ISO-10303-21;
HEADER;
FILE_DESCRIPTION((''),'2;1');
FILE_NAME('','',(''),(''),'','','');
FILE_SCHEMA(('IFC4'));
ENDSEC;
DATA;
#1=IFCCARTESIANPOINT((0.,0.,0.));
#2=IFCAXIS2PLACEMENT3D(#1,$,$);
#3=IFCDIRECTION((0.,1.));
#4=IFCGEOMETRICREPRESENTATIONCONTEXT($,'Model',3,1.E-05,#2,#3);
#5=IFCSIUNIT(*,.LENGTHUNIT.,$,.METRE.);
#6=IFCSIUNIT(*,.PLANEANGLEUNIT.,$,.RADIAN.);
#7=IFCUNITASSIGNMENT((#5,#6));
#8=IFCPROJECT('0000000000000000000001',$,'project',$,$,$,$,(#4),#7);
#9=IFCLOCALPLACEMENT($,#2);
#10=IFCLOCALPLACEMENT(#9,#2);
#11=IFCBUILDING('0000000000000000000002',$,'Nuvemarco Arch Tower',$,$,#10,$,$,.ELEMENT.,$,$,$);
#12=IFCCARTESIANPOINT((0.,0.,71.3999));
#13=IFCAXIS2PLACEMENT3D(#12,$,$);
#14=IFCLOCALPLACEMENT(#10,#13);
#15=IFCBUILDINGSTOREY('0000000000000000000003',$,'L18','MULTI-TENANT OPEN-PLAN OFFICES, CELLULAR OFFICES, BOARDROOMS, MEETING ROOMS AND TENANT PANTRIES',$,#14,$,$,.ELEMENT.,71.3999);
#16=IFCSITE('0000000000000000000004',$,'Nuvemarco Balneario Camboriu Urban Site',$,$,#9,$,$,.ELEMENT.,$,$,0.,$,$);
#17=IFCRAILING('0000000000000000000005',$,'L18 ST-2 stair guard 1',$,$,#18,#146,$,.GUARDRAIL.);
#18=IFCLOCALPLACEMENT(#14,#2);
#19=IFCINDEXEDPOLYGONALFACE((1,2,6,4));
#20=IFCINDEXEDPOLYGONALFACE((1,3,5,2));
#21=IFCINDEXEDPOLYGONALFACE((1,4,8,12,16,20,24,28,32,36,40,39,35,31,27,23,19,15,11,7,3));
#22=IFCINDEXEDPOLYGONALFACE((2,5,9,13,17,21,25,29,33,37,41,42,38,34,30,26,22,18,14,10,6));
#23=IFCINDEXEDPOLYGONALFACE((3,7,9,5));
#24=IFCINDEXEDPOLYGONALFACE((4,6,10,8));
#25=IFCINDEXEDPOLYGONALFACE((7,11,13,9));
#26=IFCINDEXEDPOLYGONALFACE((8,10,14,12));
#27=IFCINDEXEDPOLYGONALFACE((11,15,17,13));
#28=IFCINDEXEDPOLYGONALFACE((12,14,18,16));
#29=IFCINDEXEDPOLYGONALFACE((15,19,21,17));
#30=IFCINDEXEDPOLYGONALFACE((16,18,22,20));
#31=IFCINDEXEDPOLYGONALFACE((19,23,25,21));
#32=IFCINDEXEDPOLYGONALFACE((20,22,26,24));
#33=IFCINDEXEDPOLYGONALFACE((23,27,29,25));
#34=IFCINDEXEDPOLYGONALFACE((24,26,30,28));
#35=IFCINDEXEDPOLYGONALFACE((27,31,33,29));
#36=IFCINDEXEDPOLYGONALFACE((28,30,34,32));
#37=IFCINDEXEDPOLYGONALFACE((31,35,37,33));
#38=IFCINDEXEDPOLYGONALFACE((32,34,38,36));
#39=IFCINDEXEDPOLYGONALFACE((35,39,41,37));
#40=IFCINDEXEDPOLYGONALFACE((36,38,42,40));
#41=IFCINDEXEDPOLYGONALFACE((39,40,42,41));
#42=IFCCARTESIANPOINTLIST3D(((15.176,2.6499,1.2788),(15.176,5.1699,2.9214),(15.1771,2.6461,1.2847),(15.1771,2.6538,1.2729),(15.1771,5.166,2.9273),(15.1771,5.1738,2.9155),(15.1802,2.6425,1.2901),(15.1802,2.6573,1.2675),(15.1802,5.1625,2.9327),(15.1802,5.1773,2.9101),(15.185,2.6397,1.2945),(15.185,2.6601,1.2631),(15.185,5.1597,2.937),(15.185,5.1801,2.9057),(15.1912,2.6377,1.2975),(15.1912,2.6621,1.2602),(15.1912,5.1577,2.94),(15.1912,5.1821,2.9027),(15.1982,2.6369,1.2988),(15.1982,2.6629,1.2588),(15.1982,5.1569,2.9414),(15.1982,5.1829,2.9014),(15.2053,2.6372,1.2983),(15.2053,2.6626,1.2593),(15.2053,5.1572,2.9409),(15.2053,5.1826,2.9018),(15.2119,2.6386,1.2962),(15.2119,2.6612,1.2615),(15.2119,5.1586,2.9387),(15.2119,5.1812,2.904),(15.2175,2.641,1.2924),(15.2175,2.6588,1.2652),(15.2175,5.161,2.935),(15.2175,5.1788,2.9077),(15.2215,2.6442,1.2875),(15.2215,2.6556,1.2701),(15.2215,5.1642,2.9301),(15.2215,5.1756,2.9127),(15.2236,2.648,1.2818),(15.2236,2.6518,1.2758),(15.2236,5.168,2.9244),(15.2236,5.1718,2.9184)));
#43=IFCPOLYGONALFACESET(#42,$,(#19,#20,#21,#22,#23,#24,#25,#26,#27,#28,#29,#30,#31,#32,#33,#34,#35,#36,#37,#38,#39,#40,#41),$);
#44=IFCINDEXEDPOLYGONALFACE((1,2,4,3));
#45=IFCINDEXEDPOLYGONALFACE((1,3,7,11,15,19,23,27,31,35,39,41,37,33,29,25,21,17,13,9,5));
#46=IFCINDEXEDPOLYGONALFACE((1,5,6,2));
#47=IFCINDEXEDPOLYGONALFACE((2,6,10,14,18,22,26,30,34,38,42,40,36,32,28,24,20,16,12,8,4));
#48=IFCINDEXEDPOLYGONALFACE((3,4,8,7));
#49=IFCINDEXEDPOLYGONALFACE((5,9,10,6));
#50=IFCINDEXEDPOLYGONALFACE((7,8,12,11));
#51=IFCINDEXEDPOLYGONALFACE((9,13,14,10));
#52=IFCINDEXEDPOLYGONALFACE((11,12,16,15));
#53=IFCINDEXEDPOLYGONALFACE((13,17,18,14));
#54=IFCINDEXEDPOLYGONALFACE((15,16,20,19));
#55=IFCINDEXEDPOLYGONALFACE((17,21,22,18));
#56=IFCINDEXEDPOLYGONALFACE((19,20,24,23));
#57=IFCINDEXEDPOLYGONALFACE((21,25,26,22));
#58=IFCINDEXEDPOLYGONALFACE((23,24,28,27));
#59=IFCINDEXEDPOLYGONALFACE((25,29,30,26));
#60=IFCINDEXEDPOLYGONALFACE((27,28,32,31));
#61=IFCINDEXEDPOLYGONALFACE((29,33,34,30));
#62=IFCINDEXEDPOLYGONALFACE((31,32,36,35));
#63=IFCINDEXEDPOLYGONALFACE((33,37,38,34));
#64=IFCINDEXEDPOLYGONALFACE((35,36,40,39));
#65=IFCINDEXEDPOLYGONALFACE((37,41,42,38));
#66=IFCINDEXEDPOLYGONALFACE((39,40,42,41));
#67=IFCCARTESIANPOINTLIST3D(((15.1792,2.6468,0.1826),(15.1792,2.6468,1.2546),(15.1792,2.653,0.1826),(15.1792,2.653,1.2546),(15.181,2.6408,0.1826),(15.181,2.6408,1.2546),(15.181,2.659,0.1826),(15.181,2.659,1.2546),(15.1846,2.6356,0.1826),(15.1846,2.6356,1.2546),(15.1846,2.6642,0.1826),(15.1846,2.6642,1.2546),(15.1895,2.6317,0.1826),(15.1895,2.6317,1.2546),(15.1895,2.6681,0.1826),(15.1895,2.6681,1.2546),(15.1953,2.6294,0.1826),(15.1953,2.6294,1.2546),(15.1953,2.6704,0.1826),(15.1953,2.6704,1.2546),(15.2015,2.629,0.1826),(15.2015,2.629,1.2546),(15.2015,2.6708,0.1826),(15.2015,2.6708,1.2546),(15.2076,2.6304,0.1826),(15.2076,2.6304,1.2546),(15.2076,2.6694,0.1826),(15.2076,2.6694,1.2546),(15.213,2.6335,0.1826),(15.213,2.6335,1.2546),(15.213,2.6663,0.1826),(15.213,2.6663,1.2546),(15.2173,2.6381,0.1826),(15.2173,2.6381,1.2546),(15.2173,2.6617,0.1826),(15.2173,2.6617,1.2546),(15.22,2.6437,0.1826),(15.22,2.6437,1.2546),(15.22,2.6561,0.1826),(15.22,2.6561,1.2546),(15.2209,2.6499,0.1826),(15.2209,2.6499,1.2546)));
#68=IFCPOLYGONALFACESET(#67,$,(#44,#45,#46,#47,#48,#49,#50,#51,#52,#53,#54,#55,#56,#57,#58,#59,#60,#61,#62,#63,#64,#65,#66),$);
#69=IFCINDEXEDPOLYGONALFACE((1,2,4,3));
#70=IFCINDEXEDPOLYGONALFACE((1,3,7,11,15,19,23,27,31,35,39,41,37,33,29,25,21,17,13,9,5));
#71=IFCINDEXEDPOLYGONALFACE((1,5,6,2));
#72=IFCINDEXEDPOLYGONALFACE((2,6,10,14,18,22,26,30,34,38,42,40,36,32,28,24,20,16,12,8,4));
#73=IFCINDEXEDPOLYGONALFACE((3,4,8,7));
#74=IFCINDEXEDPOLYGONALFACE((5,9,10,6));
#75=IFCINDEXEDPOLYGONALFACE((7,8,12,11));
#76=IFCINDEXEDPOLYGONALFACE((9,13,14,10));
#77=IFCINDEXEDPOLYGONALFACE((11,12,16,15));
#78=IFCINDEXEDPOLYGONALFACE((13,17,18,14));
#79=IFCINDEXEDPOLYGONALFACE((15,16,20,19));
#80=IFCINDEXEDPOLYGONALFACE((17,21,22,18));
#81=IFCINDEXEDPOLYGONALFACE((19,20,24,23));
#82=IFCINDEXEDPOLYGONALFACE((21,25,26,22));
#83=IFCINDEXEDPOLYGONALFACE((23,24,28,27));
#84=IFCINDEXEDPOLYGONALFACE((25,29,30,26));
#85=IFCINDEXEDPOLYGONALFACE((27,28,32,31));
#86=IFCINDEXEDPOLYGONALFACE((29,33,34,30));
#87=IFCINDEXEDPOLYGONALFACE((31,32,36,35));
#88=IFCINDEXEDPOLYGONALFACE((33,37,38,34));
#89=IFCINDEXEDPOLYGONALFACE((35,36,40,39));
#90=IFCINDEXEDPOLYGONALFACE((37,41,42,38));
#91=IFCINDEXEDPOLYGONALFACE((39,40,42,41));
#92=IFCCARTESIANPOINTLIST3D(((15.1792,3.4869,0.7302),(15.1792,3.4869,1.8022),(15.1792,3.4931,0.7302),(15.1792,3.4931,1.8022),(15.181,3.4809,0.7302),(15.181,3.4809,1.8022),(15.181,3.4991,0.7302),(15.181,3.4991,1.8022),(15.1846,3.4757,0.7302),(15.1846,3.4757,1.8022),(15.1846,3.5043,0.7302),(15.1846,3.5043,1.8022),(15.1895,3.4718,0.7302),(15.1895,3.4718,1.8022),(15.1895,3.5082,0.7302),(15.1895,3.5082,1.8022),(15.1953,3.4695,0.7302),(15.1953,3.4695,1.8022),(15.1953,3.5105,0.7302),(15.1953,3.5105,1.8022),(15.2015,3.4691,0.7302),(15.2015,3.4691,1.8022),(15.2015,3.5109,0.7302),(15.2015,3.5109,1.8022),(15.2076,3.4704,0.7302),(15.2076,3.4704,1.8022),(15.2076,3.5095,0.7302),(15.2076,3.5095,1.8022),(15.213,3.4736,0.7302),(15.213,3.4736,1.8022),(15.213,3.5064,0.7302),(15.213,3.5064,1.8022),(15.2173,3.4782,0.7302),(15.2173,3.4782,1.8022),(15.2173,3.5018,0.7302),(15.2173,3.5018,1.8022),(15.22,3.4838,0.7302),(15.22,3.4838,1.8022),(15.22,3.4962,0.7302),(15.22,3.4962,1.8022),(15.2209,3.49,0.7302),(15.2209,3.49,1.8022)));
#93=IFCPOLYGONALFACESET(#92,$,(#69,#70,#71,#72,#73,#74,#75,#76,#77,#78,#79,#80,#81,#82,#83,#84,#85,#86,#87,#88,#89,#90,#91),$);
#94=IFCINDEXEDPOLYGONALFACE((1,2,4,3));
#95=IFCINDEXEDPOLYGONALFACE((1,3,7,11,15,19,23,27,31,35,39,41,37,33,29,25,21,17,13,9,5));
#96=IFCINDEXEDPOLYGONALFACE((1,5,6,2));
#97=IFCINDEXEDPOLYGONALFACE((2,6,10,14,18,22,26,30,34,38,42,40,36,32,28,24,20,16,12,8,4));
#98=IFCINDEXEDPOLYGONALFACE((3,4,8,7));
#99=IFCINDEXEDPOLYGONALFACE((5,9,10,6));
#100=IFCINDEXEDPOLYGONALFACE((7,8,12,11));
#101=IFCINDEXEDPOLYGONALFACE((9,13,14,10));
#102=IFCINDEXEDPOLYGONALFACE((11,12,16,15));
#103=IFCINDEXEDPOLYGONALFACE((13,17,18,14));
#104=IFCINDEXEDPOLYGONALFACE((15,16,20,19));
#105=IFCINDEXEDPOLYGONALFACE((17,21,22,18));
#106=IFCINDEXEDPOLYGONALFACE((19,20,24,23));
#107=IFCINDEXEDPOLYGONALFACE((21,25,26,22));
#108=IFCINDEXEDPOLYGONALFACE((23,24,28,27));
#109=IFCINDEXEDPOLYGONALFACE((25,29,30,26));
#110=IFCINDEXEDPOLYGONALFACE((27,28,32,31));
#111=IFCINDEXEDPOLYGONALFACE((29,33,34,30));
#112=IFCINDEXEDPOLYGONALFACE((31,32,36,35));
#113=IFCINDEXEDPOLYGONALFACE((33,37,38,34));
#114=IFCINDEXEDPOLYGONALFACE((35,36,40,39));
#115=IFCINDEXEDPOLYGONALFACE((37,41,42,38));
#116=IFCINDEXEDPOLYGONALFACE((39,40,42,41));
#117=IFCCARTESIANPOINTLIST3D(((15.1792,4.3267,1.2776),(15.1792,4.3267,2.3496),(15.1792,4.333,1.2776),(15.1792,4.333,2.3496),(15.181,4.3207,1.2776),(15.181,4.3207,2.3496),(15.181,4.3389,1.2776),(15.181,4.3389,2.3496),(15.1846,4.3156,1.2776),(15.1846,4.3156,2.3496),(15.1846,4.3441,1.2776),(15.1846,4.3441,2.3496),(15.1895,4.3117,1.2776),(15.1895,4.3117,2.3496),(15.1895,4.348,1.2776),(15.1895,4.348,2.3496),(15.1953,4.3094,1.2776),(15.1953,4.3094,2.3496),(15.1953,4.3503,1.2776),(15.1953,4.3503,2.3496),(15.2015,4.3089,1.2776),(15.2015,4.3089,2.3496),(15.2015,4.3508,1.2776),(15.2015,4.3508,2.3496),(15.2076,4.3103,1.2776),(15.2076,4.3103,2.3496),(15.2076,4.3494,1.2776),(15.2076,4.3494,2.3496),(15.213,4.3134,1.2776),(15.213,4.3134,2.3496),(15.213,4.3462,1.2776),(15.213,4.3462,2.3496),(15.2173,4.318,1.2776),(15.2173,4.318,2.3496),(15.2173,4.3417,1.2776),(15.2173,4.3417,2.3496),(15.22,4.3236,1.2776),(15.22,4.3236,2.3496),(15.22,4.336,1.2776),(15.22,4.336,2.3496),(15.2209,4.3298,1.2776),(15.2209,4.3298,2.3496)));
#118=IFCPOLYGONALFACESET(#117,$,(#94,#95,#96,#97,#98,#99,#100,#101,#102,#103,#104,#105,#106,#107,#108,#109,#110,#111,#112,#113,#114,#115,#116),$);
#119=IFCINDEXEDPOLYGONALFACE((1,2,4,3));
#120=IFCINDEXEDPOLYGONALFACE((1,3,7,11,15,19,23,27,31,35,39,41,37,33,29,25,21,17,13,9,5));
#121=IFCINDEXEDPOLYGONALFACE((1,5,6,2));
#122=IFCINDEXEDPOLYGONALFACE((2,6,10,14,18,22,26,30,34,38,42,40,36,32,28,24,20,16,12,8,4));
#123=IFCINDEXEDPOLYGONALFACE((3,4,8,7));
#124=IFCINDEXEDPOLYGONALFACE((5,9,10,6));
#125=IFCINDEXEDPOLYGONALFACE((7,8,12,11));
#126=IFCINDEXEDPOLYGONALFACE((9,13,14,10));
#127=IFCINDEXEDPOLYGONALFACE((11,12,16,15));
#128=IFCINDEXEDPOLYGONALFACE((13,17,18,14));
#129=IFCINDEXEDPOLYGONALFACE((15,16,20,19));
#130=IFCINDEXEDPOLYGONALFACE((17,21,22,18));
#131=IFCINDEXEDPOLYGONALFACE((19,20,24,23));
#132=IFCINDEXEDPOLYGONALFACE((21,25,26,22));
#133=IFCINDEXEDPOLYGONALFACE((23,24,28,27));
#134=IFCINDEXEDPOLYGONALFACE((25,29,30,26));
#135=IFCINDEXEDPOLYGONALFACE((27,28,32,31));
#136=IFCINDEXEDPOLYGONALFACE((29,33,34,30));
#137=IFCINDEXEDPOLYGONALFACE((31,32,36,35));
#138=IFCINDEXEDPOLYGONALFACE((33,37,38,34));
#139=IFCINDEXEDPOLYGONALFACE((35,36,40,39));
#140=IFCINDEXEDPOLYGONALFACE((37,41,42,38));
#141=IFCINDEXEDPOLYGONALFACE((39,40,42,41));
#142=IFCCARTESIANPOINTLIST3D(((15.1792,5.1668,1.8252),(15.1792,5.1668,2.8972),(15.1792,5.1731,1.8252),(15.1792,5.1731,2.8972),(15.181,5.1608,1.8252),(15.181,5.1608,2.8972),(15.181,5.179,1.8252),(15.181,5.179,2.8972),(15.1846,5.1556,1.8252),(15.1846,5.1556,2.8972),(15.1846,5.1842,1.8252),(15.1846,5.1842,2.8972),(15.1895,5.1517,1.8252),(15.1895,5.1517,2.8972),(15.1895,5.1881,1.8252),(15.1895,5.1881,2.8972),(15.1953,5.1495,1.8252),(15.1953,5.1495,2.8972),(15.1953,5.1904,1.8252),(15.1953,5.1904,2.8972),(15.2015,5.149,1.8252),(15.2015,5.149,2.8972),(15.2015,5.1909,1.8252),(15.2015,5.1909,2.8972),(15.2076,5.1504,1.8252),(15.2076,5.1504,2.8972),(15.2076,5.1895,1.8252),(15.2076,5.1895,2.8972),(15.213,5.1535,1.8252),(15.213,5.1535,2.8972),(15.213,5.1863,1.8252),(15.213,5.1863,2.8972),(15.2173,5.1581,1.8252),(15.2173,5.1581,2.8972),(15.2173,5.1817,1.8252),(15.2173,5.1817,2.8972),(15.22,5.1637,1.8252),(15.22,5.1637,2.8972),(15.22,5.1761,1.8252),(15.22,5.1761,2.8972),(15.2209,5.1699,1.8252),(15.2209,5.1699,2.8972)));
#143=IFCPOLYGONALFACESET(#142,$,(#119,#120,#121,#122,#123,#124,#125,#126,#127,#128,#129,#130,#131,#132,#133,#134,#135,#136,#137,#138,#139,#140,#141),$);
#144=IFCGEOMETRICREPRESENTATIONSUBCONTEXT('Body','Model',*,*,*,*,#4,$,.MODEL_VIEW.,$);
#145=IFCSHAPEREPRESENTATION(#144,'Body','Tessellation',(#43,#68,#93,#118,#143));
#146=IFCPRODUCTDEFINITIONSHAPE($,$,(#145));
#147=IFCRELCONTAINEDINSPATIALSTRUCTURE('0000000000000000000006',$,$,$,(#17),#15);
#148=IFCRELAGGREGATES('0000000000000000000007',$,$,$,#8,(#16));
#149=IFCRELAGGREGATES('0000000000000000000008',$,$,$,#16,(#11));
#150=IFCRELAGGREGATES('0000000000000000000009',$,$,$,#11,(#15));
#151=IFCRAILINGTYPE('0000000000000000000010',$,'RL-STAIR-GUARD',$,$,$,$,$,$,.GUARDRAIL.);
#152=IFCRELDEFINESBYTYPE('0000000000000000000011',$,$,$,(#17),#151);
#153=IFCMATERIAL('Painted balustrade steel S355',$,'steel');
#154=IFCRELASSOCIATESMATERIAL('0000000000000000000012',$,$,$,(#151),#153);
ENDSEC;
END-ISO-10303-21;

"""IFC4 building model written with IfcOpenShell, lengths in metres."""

from ifc_helpers import new_model, si_unit, direction, frame, origin, origin_2d, place, context, subcontext, project, spatial, circle, extrude, material, type_object, element, save


model = new_model("IFC4")

# Units and contexts
model_context = context("Model", 3, precision=1e-05, world=origin(), true_north=direction((0.0, 1.0)))
body_context = subcontext(model_context, "Body", "Model", "MODEL_VIEW")
ifc_project = project(units=[si_unit("LENGTHUNIT", "METRE"), si_unit("PLANEANGLEUNIT", "RADIAN")], contexts=[model_context])

# Site, building, storey
site_placement = place(None, origin())
site = spatial("IfcSite", under=ifc_project, at=site_placement, Name="Nuvemarco Balneario Camboriu Urban Site", CompositionType="ELEMENT", RefElevation=0.0)
building_placement = place(site_placement, origin())
building = spatial("IfcBuilding", under=site, at=building_placement, Name="Nuvemarco Arch Tower", CompositionType="ELEMENT")
storey_placement = place(building_placement, frame((0.0, 0.0, 71.3999)))
storey = spatial("IfcBuildingStorey", under=building, at=storey_placement, Name="L18", Description="MULTI-TENANT OPEN-PLAN OFFICES, CELLULAR OFFICES, BOARDROOMS, MEETING ROOMS AND TENANT PANTRIES", CompositionType="ELEMENT", Elevation=71.3999)

# Railing
ifc_material_1 = material(Name="Painted balustrade steel S355", Category="steel")
railing_type_1 = type_object("IfcRailingType", Name="RL-STAIR-GUARD", PredefinedType="GUARDRAIL", material=ifc_material_1)
railing_1_placement = place(storey_placement, frame((15.2, 2.6499, 0.1826)))
element("IfcRailing", 1, at=railing_1_placement, inside=storey, type_object=railing_type_1, Name="L18 ST-2 stair guard 1", PredefinedType="GUARDRAIL", context=body_context, shape_type="SweptSolid", body=[
    extrude(circle(Radius=0.0239, at=origin_2d()), frame((0.0, 0.0, 1.0962), z_axis=(0.0, 0.837749, 0.546055), x_axis=(-1.0, 0.0, 0.0)), (0.0, 0.0, 1.0), 3.0081),
    extrude(circle(Radius=0.021, at=origin_2d()), origin(), (0.0, 0.0, 1.0), 1.072),
    extrude(circle(Radius=0.021, at=origin_2d()), frame((0.0, 0.8401, 0.5476)), (0.0, 0.0, 1.0), 1.072),
    extrude(circle(Radius=0.021, at=origin_2d()), frame((0.0, 1.6799, 1.095)), (0.0, 0.0, 1.0), 1.072),
    extrude(circle(Radius=0.021, at=origin_2d()), frame((0.0, 2.52, 1.6426)), (0.0, 0.0, 1.0), 1.072),
])

save(model, "model.ifc")
